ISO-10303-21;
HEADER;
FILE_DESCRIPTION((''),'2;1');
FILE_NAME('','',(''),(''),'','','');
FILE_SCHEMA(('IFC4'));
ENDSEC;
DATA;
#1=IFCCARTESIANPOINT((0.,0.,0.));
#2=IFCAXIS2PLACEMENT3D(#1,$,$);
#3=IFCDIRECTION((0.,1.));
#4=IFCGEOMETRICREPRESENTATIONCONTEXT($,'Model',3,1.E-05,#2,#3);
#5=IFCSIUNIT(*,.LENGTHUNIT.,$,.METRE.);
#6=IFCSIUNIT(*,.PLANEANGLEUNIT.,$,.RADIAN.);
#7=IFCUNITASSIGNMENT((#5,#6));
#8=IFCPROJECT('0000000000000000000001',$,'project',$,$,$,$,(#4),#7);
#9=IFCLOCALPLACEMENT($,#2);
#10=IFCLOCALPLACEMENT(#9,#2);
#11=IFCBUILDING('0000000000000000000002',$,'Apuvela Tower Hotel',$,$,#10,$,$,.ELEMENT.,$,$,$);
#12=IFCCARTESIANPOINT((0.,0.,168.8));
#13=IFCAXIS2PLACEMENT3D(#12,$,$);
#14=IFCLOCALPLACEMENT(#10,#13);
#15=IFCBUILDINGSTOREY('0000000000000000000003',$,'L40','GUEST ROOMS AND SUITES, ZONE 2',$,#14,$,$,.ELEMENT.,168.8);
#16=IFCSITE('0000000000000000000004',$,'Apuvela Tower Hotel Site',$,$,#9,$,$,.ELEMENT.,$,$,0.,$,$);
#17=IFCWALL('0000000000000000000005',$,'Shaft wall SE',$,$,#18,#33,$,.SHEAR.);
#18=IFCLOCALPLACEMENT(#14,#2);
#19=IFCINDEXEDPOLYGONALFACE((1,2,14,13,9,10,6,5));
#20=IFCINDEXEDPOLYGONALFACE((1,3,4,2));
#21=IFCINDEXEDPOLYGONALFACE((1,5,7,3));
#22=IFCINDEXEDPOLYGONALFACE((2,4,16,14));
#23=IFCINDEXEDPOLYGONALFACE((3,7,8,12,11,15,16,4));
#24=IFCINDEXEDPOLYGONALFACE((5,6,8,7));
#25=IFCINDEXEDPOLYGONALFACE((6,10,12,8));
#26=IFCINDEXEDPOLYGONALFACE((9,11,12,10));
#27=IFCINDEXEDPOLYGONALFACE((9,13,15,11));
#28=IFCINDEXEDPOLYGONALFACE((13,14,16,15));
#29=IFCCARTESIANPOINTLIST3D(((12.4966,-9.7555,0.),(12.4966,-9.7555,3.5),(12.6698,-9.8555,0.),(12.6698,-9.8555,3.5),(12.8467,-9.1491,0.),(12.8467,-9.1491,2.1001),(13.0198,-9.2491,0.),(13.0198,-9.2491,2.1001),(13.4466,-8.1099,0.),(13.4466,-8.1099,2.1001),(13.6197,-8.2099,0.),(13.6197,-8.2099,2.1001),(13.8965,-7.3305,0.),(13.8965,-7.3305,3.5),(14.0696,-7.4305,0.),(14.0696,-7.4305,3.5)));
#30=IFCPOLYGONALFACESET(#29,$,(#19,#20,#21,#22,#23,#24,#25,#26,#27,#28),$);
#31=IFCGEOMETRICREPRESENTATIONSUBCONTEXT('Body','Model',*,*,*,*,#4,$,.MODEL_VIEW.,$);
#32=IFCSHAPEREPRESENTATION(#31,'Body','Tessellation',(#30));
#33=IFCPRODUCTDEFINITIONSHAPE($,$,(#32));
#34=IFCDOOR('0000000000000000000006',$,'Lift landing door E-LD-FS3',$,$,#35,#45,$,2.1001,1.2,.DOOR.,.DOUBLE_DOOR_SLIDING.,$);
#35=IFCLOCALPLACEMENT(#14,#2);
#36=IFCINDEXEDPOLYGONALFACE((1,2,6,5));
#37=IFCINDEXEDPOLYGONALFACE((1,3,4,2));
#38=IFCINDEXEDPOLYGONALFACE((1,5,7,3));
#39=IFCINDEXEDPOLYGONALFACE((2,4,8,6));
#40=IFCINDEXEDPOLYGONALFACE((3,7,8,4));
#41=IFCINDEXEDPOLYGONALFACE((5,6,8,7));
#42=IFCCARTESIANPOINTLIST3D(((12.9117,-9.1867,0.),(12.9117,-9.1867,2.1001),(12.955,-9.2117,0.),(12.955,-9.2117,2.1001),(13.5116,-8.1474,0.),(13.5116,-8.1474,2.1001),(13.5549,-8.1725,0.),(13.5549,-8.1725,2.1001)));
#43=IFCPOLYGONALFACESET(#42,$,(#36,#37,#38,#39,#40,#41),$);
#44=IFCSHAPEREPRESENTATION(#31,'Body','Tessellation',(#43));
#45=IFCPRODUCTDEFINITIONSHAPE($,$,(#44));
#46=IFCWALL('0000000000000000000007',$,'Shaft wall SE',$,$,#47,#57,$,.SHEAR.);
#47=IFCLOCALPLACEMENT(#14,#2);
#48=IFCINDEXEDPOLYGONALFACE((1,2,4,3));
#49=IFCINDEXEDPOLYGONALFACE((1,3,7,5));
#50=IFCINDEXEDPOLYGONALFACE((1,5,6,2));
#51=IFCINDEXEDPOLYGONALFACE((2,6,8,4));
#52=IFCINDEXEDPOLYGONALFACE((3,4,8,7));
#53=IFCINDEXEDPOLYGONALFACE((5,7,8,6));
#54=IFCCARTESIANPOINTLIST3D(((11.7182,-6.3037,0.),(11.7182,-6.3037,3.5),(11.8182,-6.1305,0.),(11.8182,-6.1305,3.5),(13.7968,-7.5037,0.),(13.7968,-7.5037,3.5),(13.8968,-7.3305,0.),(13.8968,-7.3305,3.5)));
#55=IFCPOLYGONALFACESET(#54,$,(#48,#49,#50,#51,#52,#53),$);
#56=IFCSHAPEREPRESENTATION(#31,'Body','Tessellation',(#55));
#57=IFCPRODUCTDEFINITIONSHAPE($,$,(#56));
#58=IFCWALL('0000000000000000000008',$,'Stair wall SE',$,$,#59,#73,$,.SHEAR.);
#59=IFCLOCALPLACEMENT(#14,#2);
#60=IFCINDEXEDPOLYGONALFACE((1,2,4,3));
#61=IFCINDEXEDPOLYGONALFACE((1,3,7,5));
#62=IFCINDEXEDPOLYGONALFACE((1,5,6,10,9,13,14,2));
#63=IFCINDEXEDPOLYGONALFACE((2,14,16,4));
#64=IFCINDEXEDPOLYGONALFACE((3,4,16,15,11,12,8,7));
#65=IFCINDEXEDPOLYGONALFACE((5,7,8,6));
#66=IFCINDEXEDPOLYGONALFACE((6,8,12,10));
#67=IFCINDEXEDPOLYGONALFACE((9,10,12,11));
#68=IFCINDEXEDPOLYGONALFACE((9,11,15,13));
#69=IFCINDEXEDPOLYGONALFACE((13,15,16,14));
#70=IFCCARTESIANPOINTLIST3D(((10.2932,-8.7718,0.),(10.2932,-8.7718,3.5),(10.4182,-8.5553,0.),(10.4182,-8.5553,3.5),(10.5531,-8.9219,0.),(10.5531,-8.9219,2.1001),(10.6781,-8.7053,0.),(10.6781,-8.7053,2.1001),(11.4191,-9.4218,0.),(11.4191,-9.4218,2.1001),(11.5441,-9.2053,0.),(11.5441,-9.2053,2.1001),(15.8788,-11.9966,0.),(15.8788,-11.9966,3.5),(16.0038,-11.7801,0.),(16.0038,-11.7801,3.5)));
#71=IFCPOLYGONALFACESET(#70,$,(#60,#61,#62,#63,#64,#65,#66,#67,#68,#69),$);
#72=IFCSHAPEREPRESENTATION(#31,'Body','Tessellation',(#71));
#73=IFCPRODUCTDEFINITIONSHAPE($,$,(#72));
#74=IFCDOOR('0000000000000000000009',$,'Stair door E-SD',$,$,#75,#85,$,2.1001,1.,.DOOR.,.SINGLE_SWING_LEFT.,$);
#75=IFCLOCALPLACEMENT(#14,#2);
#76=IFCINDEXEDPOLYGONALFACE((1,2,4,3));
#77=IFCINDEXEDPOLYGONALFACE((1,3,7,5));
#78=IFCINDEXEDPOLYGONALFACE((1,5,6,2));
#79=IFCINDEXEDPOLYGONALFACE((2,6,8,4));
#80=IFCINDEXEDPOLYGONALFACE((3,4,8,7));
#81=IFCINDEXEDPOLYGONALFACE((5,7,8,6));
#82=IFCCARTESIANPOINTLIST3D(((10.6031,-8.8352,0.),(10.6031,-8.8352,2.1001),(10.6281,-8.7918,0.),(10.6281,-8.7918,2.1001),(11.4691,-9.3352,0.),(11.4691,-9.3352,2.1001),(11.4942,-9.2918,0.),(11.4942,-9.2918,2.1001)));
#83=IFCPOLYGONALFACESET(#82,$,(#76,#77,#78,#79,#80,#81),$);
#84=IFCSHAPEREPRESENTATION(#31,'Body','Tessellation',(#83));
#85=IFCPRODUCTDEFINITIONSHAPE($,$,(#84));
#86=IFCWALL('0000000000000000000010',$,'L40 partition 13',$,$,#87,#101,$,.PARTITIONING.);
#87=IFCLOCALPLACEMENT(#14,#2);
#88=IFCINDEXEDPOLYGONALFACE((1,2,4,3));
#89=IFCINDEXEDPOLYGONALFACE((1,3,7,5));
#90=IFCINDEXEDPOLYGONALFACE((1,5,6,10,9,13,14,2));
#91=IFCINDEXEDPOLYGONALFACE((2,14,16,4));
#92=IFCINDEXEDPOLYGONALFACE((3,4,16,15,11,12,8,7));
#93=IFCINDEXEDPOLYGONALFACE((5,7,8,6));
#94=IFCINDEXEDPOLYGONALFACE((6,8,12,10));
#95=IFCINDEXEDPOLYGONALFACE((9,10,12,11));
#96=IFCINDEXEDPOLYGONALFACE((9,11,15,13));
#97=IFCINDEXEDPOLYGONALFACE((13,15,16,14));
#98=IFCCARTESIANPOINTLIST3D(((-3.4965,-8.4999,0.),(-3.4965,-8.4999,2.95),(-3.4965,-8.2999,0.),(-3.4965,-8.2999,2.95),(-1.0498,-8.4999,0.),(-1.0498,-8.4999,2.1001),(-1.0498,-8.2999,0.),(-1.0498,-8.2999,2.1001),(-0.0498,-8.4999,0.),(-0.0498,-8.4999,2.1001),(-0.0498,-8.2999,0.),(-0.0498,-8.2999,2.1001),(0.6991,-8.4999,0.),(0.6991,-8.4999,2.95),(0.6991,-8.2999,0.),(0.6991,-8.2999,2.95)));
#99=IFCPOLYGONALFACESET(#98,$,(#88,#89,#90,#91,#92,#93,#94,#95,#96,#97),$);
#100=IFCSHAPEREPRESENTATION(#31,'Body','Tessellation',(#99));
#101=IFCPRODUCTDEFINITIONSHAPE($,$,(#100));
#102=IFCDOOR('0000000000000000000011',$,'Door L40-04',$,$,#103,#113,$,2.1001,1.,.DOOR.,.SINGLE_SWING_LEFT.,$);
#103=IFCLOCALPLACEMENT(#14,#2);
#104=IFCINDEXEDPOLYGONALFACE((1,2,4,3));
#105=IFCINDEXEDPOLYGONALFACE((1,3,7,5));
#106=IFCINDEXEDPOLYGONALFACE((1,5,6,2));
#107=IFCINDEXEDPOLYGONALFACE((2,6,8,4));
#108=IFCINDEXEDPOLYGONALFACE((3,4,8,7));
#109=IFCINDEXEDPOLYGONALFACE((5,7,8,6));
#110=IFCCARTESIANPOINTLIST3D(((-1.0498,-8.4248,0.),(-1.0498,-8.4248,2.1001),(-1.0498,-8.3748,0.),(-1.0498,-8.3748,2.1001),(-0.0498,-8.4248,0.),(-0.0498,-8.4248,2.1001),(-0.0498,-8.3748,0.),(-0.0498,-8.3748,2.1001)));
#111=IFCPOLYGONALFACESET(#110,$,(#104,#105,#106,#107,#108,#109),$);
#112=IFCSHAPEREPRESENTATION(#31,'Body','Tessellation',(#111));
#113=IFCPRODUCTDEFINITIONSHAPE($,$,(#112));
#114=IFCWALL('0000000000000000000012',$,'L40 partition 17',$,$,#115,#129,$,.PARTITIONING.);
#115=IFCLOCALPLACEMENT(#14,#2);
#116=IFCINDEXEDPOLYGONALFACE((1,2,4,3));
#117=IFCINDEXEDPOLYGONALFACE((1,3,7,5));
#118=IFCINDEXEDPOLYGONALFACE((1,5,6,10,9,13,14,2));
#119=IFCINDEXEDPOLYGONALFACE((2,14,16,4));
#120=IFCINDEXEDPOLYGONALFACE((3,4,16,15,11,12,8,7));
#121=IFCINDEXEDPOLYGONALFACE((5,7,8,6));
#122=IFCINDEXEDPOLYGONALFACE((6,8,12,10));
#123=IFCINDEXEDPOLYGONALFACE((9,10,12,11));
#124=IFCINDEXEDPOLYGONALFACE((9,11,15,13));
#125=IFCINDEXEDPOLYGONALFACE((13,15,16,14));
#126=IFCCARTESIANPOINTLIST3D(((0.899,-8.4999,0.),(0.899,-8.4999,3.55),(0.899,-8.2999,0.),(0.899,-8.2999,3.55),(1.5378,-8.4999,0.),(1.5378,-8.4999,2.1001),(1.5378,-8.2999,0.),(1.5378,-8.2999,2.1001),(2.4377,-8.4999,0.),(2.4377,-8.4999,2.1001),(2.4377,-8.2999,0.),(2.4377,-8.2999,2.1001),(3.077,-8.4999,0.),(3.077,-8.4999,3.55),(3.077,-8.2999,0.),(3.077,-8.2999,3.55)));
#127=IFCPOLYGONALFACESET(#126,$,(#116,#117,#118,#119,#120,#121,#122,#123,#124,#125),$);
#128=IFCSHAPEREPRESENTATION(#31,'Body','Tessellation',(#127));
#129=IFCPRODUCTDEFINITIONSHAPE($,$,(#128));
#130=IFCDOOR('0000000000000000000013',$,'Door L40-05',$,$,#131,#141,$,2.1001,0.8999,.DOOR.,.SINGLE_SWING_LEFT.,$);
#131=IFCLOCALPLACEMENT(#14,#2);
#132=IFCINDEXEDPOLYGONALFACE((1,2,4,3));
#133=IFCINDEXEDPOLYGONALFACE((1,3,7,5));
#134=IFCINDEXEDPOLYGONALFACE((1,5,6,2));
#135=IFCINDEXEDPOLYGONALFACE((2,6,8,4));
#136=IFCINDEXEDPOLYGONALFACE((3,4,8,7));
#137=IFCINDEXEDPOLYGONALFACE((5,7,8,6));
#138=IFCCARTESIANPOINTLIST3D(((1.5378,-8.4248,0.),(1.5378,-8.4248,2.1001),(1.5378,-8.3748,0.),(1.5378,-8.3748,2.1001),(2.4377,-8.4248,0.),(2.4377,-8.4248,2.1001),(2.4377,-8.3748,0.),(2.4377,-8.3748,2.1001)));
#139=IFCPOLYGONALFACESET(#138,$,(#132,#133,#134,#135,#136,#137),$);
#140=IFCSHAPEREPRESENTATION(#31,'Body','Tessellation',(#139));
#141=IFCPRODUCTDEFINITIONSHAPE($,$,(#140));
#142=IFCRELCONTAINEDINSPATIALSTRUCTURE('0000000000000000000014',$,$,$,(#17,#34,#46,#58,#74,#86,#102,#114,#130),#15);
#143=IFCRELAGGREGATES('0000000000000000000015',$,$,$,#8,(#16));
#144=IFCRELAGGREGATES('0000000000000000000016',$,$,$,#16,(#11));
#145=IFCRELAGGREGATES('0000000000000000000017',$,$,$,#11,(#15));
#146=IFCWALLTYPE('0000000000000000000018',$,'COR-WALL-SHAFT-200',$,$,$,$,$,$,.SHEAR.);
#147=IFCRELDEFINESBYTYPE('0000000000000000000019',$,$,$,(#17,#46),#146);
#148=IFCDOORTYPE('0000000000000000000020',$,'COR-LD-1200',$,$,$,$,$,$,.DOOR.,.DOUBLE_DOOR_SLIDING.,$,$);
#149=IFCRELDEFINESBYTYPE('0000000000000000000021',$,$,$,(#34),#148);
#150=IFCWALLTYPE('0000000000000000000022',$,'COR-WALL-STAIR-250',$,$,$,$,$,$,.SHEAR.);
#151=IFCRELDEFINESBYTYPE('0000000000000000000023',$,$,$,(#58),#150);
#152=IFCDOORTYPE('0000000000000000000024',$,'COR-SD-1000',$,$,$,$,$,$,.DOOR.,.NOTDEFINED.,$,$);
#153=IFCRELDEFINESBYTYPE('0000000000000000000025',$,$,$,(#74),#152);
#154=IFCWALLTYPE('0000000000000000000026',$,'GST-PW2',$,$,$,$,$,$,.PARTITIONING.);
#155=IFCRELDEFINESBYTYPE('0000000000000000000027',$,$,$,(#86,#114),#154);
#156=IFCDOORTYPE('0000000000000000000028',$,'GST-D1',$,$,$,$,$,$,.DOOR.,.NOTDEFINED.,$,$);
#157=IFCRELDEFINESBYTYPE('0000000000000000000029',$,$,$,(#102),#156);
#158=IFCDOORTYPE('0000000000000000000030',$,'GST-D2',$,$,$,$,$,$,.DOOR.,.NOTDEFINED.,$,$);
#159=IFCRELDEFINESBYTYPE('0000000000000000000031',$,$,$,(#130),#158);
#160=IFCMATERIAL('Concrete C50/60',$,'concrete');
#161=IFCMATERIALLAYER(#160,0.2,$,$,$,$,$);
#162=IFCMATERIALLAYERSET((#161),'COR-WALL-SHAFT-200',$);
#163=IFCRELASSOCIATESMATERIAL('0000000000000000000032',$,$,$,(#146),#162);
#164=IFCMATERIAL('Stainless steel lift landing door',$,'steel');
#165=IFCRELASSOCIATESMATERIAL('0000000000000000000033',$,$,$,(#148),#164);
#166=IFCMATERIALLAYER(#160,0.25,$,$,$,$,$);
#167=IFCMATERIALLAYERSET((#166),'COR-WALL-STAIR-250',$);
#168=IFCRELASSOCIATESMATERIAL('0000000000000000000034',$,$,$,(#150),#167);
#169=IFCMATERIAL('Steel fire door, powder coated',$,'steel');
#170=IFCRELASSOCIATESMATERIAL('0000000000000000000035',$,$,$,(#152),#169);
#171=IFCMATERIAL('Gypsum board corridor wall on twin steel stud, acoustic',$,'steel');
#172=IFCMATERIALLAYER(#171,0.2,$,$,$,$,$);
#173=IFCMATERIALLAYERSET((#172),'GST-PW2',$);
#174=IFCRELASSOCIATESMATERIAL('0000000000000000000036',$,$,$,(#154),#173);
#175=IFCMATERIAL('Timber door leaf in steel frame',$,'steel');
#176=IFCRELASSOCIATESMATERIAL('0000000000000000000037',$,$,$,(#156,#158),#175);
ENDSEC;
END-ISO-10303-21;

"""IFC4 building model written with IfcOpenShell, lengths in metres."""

from ifc_helpers import new_model, si_unit, direction, frame, frame_2d, origin, place, context, subcontext, project, spatial, rectangle, extrude, material, layer, layer_set, type_object, element, fill, save


model = new_model("IFC4")

# Units and contexts
model_context = context("Model", 3, precision=1e-05, world=origin(), true_north=direction((0.0, 1.0)))
body_context = subcontext(model_context, "Body", "Model", "MODEL_VIEW")
ifc_project = project(units=[si_unit("LENGTHUNIT", "METRE"), si_unit("PLANEANGLEUNIT", "RADIAN")], contexts=[model_context])

# Site, building, storey
site_placement = place(None, origin())
site = spatial("IfcSite", under=ifc_project, at=site_placement, Name="Apuvela Tower Hotel Site", CompositionType="ELEMENT", RefElevation=0.0)
building_placement = place(site_placement, origin())
building = spatial("IfcBuilding", under=site, at=building_placement, Name="Apuvela Tower Hotel", CompositionType="ELEMENT")
storey_placement = place(building_placement, frame((0.0, 0.0, 168.8)))
storey = spatial("IfcBuildingStorey", under=building, at=storey_placement, Name="L40", Description="GUEST ROOMS AND SUITES, ZONE 2", CompositionType="ELEMENT", Elevation=168.8)

# Shared definitions
ifc_material_1 = material(Name="Concrete C50/60", Category="concrete")

# Shared definitions
ifc_material_2 = material(Name="Steel fire door, powder coated", Category="steel")

# Wall, opening, door
ifc_layer_1 = layer(ifc_material_1, 0.2)
ifc_layer_set_1 = layer_set([ifc_layer_1], Name="COR-WALL-SHAFT-200")
wall_type_1 = type_object("IfcWallType", Name="COR-WALL-SHAFT-200", PredefinedType="SHEAR", material=ifc_layer_set_1)
wall_1_placement = place(storey_placement, frame((12.5833, -9.8054, 0.0), z_axis=(0.0, 0.0, 1.0), x_axis=(0.499946, 0.866056, 0.0)))
wall_1 = element("IfcWall", 1, at=wall_1_placement, inside=storey, type_object=wall_type_1, Name="Shaft wall SE", PredefinedType="SHEAR", context=body_context, shape_type="SweptSolid", body=[
    extrude(rectangle(XDim=2.8, YDim=0.2, at=frame_2d((1.3999, 0.0))), origin(), (0.0, 0.0, 1.0), 3.5),
])
opening_1_placement = place(wall_1_placement, frame((0.7, 0.0, 0.0)))
opening_1 = element("IfcOpeningElement", 2, at=opening_1_placement, cuts=wall_1, PredefinedType="OPENING", context=body_context, shape_type="SweptSolid", body=[
    extrude(rectangle(XDim=1.2, YDim=2.1001, at=frame_2d((0.6001, 1.05))), frame((0.0, 0.1099, 0.0), z_axis=(0.0, -1.0, 0.0), x_axis=(1.0, 0.0, 0.0)), (0.0, 0.0, 1.0), 0.22),
])
ifc_material_3 = material(Name="Stainless steel lift landing door", Category="steel")
door_type_1 = type_object("IfcDoorType", Name="COR-LD-1200", OperationType="DOUBLE_DOOR_SLIDING", PredefinedType="DOOR", material=ifc_material_3)
door_1_placement = place(opening_1_placement, origin())
door_1 = element("IfcDoor", 3, at=door_1_placement, inside=storey, type_object=door_type_1, Name="Lift landing door E-LD-FS3", OperationType="DOUBLE_DOOR_SLIDING", OverallHeight=2.1001, OverallWidth=1.2, PredefinedType="DOOR", context=body_context, shape_type="SweptSolid", body=[
    extrude(rectangle(XDim=1.2, YDim=2.1001, at=frame_2d((0.6001, 1.05))), frame((0.0, 0.0249, 0.0), z_axis=(0.0, -1.0, 0.0), x_axis=(1.0, 0.0, 0.0)), (0.0, 0.0, 1.0), 0.05),
])
fill(opening_1, door_1)

# Wall
wall_2_placement = place(storey_placement, frame((11.7681, -6.217, 0.0), z_axis=(0.0, 0.0, 1.0), x_axis=(0.86605, -0.499957, 0.0)))
element("IfcWall", 4, at=wall_2_placement, inside=storey, type_object=wall_type_1, Name="Shaft wall SE", PredefinedType="SHEAR", context=body_context, shape_type="SweptSolid", body=[
    extrude(rectangle(XDim=2.4001, YDim=0.2, at=frame_2d((1.2002, 0.0))), origin(), (0.0, 0.0, 1.0), 3.5),
])

# Walls, openings, doors
ifc_layer_2 = layer(ifc_material_1, 0.25)
ifc_layer_set_2 = layer_set([ifc_layer_2], Name="COR-WALL-STAIR-250")
wall_type_2 = type_object("IfcWallType", Name="COR-WALL-STAIR-250", PredefinedType="SHEAR", material=ifc_layer_set_2)
wall_3_placement = place(storey_placement, frame((10.3557, -8.6636, 0.0), z_axis=(0.0, 0.0, 1.0), x_axis=(0.866029, -0.499994, 0.0)))
wall_3 = element("IfcWall", 5, at=wall_3_placement, inside=storey, type_object=wall_type_2, Name="Stair wall SE", PredefinedType="SHEAR", context=body_context, shape_type="SweptSolid", body=[
    extrude(rectangle(XDim=6.4497, YDim=0.25, at=frame_2d((3.2249, 0.0))), origin(), (0.0, 0.0, 1.0), 3.5),
])
opening_2_placement = place(wall_3_placement, frame((0.3, 0.0, 0.0)))
opening_2 = element("IfcOpeningElement", 6, at=opening_2_placement, cuts=wall_3, PredefinedType="OPENING", context=body_context, shape_type="SweptSolid", body=[
    extrude(rectangle(XDim=1.0, YDim=2.1001, at=frame_2d((0.5, 1.05))), frame((0.0, 0.135, 0.0), z_axis=(0.0, -1.0, 0.0), x_axis=(1.0, 0.0, 0.0)), (0.0, 0.0, 1.0), 0.27),
])
door_type_2 = type_object("IfcDoorType", Name="COR-SD-1000", OperationType="NOTDEFINED", PredefinedType="DOOR", material=ifc_material_2)
door_2_placement = place(opening_2_placement, frame((1.0, 0.0, 0.0), z_axis=(0.0, 0.0, 1.0), x_axis=(-1.0, 0.0, 0.0)))
door_2 = element("IfcDoor", 7, at=door_2_placement, inside=storey, type_object=door_type_2, Name="Stair door E-SD", OperationType="SINGLE_SWING_LEFT", OverallHeight=2.1001, OverallWidth=1.0, PredefinedType="DOOR", context=body_context, shape_type="SweptSolid", body=[
    extrude(rectangle(XDim=1.0, YDim=2.1001, at=frame_2d((0.5, 1.05))), frame((0.0, 0.0249, 0.0), z_axis=(0.0, -1.0, 0.0), x_axis=(1.0, 0.0, 0.0)), (0.0, 0.0, 1.0), 0.05),
])
fill(opening_2, door_2)
ifc_material_4 = material(Name="Gypsum board corridor wall on twin steel stud, acoustic", Category="steel")
ifc_layer_3 = layer(ifc_material_4, 0.2)
ifc_layer_set_3 = layer_set([ifc_layer_3], Name="GST-PW2")
wall_type_3 = type_object("IfcWallType", Name="GST-PW2", PredefinedType="PARTITIONING", material=ifc_layer_set_3)
wall_4_placement = place(storey_placement, frame((0.699, -8.3999, 0.0), z_axis=(0.0, 0.0, 1.0), x_axis=(-1.0, 0.0, 0.0)))
wall_4 = element("IfcWall", 8, at=wall_4_placement, inside=storey, type_object=wall_type_3, Name="L40 partition 13", PredefinedType="PARTITIONING", context=body_context, shape_type="SweptSolid", body=[
    extrude(rectangle(XDim=4.1956, YDim=0.2, at=frame_2d((2.0977, 0.0))), origin(), (0.0, 0.0, 1.0), 2.95),
])
opening_3_placement = place(wall_4_placement, frame((0.7488, 0.0, 0.0)))
opening_3 = element("IfcOpeningElement", 9, at=opening_3_placement, cuts=wall_4, PredefinedType="OPENING", context=body_context, shape_type="SweptSolid", body=[
    extrude(rectangle(XDim=1.0, YDim=2.1001, at=frame_2d((0.5, 1.05))), frame((0.0, 0.1099, 0.0), z_axis=(0.0, -1.0, 0.0), x_axis=(1.0, 0.0, 0.0)), (0.0, 0.0, 1.0), 0.22),
])
ifc_material_5 = material(Name="Timber door leaf in steel frame", Category="steel")
door_type_3 = type_object("IfcDoorType", Name="GST-D1", OperationType="NOTDEFINED", PredefinedType="DOOR", material=ifc_material_5)
door_3_placement = place(opening_3_placement, origin())
door_3 = element("IfcDoor", 10, at=door_3_placement, inside=storey, type_object=door_type_3, Name="Door L40-04", OperationType="SINGLE_SWING_LEFT", OverallHeight=2.1001, OverallWidth=1.0, PredefinedType="DOOR", context=body_context, shape_type="SweptSolid", body=[
    extrude(rectangle(XDim=1.0, YDim=2.1001, at=frame_2d((0.5, 1.05))), frame((0.0, 0.0249, 0.0), z_axis=(0.0, -1.0, 0.0), x_axis=(1.0, 0.0, 0.0)), (0.0, 0.0, 1.0), 0.05),
])
fill(opening_3, door_3)
wall_5_placement = place(storey_placement, frame((3.0769, -8.3999, 0.0), z_axis=(0.0, 0.0, 1.0), x_axis=(-1.0, 0.0, 0.0)))
wall_5 = element("IfcWall", 11, at=wall_5_placement, inside=storey, type_object=wall_type_3, Name="L40 partition 17", PredefinedType="PARTITIONING", context=body_context, shape_type="SweptSolid", body=[
    extrude(rectangle(XDim=2.178, YDim=0.2, at=frame_2d((1.0889, 0.0))), origin(), (0.0, 0.0, 1.0), 3.55),
])
opening_4_placement = place(wall_5_placement, frame((0.6392, 0.0, 0.0)))
opening_4 = element("IfcOpeningElement", 12, at=opening_4_placement, cuts=wall_5, PredefinedType="OPENING", context=body_context, shape_type="SweptSolid", body=[
    extrude(rectangle(XDim=0.8999, YDim=2.1001, at=frame_2d((0.45, 1.05))), frame((0.0, 0.1099, 0.0), z_axis=(0.0, -1.0, 0.0), x_axis=(1.0, 0.0, 0.0)), (0.0, 0.0, 1.0), 0.22),
])
door_type_4 = type_object("IfcDoorType", Name="GST-D2", OperationType="NOTDEFINED", PredefinedType="DOOR", material=ifc_material_5)
door_4_placement = place(opening_4_placement, origin())
door_4 = element("IfcDoor", 13, at=door_4_placement, inside=storey, type_object=door_type_4, Name="Door L40-05", OperationType="SINGLE_SWING_LEFT", OverallHeight=2.1001, OverallWidth=0.8999, PredefinedType="DOOR", context=body_context, shape_type="SweptSolid", body=[
    extrude(rectangle(XDim=0.8999, YDim=2.1001, at=frame_2d((0.45, 1.05))), frame((0.0, 0.0249, 0.0), z_axis=(0.0, -1.0, 0.0), x_axis=(1.0, 0.0, 0.0)), (0.0, 0.0, 1.0), 0.05),
])
fill(opening_4, door_4)

save(model, "model.ifc")
